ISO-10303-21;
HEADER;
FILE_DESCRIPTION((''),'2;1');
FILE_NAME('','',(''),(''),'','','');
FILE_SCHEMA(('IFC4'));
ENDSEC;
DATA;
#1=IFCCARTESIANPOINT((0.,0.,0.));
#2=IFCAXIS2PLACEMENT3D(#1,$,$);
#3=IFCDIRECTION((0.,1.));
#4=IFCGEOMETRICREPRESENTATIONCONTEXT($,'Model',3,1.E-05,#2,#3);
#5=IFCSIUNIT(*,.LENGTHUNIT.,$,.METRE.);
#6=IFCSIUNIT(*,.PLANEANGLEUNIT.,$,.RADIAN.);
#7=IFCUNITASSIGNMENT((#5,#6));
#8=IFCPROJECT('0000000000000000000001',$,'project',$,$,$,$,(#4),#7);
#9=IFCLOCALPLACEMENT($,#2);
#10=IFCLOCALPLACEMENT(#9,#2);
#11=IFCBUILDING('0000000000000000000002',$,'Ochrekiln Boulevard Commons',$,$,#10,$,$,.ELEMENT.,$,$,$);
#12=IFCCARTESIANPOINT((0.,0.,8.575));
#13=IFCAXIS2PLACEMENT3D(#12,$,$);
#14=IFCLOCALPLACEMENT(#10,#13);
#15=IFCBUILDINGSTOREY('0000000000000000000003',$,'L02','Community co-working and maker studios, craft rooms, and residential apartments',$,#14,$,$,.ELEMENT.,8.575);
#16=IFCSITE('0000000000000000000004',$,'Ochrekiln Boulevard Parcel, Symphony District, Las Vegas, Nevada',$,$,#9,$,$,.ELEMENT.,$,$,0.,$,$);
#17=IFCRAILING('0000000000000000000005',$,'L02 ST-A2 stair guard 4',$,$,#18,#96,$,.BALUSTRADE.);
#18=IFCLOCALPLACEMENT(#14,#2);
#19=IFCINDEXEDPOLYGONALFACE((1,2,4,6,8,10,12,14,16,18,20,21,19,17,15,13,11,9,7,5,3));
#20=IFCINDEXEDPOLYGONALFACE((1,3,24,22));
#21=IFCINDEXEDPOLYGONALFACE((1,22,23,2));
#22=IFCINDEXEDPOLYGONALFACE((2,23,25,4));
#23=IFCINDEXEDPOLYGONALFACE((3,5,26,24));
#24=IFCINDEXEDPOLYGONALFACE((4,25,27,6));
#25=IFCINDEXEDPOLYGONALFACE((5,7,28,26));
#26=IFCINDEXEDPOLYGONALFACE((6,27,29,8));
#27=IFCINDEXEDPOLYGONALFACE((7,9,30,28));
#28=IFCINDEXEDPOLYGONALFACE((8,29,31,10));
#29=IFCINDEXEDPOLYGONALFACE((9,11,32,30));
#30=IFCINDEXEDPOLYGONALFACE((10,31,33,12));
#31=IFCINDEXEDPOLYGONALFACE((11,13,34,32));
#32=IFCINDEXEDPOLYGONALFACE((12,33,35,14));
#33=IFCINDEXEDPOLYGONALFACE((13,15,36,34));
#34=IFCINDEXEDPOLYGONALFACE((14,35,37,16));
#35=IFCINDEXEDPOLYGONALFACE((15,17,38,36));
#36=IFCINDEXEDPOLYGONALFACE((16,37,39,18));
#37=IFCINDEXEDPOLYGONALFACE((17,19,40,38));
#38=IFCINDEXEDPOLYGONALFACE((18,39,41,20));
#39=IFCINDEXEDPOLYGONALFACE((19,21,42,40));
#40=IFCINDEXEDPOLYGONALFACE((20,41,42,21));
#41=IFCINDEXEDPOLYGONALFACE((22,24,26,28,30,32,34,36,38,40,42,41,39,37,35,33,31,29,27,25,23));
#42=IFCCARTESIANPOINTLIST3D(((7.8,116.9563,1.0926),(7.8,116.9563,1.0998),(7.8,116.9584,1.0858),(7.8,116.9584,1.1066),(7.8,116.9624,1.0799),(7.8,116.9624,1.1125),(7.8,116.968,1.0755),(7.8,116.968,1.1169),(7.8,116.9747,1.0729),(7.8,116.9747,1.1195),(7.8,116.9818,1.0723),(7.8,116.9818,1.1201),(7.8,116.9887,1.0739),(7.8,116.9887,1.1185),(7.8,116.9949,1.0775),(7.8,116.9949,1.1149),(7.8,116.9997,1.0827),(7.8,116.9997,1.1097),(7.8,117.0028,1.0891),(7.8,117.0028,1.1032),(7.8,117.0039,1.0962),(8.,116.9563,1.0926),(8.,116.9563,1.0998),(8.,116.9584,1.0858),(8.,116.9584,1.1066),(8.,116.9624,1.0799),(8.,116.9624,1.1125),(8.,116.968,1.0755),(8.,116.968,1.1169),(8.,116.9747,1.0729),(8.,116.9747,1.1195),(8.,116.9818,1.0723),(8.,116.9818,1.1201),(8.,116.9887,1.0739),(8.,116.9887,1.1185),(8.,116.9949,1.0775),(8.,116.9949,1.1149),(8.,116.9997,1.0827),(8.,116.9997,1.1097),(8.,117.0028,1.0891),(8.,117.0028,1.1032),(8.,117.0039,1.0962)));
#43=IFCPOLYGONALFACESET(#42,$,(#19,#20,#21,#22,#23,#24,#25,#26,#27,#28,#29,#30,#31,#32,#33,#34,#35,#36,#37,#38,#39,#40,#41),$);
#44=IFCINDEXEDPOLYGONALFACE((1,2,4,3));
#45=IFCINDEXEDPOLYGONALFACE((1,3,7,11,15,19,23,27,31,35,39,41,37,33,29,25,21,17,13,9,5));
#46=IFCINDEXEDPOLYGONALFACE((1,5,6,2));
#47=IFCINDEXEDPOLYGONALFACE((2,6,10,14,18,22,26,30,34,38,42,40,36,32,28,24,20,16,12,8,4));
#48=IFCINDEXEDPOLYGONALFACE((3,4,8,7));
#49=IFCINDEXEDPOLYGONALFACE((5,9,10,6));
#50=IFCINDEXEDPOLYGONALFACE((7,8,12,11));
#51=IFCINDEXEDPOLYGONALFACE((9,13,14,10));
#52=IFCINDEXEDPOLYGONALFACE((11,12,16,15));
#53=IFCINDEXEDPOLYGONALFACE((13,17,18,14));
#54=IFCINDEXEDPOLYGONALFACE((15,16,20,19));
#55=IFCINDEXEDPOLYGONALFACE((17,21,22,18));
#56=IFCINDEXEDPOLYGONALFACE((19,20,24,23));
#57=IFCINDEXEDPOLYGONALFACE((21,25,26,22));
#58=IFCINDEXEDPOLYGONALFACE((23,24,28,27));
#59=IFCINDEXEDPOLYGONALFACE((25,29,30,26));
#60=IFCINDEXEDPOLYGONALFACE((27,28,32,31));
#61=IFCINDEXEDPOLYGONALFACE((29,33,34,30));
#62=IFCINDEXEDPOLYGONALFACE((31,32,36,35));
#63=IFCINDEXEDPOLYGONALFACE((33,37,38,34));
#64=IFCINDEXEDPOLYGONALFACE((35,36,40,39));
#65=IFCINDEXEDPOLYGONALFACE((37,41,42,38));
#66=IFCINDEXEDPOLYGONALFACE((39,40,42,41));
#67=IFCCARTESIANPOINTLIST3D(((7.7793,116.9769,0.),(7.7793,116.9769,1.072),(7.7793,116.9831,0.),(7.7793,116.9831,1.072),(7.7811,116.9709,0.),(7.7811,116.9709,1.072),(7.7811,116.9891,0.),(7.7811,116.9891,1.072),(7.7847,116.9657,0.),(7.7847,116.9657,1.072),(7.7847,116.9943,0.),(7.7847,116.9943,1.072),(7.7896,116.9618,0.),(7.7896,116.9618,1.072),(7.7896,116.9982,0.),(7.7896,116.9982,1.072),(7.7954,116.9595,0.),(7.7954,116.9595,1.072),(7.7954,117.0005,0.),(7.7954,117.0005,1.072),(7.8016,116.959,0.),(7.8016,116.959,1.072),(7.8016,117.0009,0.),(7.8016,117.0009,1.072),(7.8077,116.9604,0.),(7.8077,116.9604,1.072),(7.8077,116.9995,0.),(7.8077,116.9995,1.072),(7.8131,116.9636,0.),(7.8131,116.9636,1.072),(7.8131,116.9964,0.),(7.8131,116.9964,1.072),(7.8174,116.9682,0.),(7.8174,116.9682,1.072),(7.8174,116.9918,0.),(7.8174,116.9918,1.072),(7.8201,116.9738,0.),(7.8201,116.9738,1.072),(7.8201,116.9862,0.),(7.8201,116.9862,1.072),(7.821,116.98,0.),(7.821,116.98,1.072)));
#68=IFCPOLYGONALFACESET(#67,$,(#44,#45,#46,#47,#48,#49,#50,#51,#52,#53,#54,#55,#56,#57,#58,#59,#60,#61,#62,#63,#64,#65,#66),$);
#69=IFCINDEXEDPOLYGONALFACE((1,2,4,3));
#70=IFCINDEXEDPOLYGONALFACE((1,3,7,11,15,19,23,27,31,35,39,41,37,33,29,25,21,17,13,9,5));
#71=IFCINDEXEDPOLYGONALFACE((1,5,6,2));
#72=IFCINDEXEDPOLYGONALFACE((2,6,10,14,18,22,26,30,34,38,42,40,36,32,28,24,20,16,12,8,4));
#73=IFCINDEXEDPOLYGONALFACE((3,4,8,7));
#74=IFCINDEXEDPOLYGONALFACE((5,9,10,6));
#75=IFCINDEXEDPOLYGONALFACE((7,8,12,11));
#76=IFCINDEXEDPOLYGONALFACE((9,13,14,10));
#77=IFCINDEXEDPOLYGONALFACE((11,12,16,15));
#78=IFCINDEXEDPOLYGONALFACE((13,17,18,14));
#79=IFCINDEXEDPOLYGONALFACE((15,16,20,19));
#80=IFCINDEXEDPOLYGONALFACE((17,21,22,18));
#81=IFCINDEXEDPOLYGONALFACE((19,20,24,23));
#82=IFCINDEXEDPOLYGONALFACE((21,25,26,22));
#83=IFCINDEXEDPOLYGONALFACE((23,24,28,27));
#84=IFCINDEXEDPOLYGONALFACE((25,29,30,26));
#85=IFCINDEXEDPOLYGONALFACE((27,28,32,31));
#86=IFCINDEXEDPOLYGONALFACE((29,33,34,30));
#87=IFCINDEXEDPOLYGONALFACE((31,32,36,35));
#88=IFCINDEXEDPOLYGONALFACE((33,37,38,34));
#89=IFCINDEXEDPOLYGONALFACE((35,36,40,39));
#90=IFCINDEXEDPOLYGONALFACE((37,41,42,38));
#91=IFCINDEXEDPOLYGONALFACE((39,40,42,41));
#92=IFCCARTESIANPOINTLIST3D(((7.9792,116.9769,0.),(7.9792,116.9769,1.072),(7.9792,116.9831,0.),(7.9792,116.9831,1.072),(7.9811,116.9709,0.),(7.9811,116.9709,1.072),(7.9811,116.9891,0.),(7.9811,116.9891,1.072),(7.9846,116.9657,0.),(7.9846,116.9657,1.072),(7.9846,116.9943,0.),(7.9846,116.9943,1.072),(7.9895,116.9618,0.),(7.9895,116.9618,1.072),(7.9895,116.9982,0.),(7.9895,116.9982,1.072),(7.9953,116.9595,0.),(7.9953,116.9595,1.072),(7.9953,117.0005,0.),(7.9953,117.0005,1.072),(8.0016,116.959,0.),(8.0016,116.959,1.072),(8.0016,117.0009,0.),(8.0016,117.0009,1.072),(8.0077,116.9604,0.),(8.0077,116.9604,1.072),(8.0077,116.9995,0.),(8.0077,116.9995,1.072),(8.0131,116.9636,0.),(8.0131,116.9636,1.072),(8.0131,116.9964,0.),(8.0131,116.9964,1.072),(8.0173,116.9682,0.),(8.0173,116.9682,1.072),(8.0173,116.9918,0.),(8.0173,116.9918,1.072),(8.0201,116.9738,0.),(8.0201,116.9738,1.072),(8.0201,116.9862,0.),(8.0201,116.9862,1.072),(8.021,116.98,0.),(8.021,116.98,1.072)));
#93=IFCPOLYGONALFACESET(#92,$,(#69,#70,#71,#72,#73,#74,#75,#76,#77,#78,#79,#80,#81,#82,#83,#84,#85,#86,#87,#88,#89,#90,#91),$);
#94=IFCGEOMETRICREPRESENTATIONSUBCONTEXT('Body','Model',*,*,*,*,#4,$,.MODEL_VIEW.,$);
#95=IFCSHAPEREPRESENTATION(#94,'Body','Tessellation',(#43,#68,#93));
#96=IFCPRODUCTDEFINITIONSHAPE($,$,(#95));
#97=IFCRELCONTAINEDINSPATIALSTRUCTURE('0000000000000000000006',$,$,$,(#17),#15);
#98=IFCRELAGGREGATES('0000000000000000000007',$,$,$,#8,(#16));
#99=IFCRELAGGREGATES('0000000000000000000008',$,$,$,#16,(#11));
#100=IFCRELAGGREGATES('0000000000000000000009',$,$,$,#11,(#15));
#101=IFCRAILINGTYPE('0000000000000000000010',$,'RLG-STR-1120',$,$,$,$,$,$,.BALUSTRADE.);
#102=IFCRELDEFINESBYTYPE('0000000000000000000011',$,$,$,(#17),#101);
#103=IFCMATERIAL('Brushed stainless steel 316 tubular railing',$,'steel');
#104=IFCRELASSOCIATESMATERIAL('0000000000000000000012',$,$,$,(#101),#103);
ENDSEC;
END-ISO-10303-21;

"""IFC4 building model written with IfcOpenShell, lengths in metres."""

from ifc_helpers import new_model, si_unit, direction, frame, origin, origin_2d, place, context, subcontext, project, spatial, circle, extrude, material, type_object, element, save


model = new_model("IFC4")

# Units and contexts
model_context = context("Model", 3, precision=1e-05, world=origin(), true_north=direction((0.0, 1.0)))
body_context = subcontext(model_context, "Body", "Model", "MODEL_VIEW")
ifc_project = project(units=[si_unit("LENGTHUNIT", "METRE"), si_unit("PLANEANGLEUNIT", "RADIAN")], contexts=[model_context])

# Site, building, storey
site_placement = place(None, origin())
site = spatial("IfcSite", under=ifc_project, at=site_placement, Name="Ochrekiln Boulevard Parcel, Symphony District, Las Vegas, Nevada", CompositionType="ELEMENT", RefElevation=0.0)
building_placement = place(site_placement, origin())
building = spatial("IfcBuilding", under=site, at=building_placement, Name="Ochrekiln Boulevard Commons", CompositionType="ELEMENT")
storey_placement = place(building_placement, frame((0.0, 0.0, 8.575)))
storey = spatial("IfcBuildingStorey", under=building, at=storey_placement, Name="L02", Description="Community co-working and maker studios, craft rooms, and residential apartments", CompositionType="ELEMENT", Elevation=8.575)

# Railing
ifc_material_1 = material(Name="Brushed stainless steel 316 tubular railing", Category="steel")
railing_type_1 = type_object("IfcRailingType", Name="RLG-STR-1120", PredefinedType="BALUSTRADE", material=ifc_material_1)
railing_1_placement = place(storey_placement, frame((7.8, 116.98, 0.0)))
element("IfcRailing", 1, at=railing_1_placement, inside=storey, type_object=railing_type_1, Name="L02 ST-A2 stair guard 4", PredefinedType="BALUSTRADE", context=body_context, shape_type="SweptSolid", body=[
    extrude(circle(Radius=0.0239, at=origin_2d()), frame((0.0, 0.0, 1.0962), z_axis=(1.0, 0.0, 0.0), x_axis=(0.0, 1.0, 0.0)), (0.0, 0.0, 1.0), 0.2),
    extrude(circle(Radius=0.021, at=origin_2d()), origin(), (0.0, 0.0, 1.0), 1.072),
    extrude(circle(Radius=0.021, at=origin_2d()), frame((0.2, 0.0, 0.0)), (0.0, 0.0, 1.0), 1.072),
])

save(model, "model.ifc")
